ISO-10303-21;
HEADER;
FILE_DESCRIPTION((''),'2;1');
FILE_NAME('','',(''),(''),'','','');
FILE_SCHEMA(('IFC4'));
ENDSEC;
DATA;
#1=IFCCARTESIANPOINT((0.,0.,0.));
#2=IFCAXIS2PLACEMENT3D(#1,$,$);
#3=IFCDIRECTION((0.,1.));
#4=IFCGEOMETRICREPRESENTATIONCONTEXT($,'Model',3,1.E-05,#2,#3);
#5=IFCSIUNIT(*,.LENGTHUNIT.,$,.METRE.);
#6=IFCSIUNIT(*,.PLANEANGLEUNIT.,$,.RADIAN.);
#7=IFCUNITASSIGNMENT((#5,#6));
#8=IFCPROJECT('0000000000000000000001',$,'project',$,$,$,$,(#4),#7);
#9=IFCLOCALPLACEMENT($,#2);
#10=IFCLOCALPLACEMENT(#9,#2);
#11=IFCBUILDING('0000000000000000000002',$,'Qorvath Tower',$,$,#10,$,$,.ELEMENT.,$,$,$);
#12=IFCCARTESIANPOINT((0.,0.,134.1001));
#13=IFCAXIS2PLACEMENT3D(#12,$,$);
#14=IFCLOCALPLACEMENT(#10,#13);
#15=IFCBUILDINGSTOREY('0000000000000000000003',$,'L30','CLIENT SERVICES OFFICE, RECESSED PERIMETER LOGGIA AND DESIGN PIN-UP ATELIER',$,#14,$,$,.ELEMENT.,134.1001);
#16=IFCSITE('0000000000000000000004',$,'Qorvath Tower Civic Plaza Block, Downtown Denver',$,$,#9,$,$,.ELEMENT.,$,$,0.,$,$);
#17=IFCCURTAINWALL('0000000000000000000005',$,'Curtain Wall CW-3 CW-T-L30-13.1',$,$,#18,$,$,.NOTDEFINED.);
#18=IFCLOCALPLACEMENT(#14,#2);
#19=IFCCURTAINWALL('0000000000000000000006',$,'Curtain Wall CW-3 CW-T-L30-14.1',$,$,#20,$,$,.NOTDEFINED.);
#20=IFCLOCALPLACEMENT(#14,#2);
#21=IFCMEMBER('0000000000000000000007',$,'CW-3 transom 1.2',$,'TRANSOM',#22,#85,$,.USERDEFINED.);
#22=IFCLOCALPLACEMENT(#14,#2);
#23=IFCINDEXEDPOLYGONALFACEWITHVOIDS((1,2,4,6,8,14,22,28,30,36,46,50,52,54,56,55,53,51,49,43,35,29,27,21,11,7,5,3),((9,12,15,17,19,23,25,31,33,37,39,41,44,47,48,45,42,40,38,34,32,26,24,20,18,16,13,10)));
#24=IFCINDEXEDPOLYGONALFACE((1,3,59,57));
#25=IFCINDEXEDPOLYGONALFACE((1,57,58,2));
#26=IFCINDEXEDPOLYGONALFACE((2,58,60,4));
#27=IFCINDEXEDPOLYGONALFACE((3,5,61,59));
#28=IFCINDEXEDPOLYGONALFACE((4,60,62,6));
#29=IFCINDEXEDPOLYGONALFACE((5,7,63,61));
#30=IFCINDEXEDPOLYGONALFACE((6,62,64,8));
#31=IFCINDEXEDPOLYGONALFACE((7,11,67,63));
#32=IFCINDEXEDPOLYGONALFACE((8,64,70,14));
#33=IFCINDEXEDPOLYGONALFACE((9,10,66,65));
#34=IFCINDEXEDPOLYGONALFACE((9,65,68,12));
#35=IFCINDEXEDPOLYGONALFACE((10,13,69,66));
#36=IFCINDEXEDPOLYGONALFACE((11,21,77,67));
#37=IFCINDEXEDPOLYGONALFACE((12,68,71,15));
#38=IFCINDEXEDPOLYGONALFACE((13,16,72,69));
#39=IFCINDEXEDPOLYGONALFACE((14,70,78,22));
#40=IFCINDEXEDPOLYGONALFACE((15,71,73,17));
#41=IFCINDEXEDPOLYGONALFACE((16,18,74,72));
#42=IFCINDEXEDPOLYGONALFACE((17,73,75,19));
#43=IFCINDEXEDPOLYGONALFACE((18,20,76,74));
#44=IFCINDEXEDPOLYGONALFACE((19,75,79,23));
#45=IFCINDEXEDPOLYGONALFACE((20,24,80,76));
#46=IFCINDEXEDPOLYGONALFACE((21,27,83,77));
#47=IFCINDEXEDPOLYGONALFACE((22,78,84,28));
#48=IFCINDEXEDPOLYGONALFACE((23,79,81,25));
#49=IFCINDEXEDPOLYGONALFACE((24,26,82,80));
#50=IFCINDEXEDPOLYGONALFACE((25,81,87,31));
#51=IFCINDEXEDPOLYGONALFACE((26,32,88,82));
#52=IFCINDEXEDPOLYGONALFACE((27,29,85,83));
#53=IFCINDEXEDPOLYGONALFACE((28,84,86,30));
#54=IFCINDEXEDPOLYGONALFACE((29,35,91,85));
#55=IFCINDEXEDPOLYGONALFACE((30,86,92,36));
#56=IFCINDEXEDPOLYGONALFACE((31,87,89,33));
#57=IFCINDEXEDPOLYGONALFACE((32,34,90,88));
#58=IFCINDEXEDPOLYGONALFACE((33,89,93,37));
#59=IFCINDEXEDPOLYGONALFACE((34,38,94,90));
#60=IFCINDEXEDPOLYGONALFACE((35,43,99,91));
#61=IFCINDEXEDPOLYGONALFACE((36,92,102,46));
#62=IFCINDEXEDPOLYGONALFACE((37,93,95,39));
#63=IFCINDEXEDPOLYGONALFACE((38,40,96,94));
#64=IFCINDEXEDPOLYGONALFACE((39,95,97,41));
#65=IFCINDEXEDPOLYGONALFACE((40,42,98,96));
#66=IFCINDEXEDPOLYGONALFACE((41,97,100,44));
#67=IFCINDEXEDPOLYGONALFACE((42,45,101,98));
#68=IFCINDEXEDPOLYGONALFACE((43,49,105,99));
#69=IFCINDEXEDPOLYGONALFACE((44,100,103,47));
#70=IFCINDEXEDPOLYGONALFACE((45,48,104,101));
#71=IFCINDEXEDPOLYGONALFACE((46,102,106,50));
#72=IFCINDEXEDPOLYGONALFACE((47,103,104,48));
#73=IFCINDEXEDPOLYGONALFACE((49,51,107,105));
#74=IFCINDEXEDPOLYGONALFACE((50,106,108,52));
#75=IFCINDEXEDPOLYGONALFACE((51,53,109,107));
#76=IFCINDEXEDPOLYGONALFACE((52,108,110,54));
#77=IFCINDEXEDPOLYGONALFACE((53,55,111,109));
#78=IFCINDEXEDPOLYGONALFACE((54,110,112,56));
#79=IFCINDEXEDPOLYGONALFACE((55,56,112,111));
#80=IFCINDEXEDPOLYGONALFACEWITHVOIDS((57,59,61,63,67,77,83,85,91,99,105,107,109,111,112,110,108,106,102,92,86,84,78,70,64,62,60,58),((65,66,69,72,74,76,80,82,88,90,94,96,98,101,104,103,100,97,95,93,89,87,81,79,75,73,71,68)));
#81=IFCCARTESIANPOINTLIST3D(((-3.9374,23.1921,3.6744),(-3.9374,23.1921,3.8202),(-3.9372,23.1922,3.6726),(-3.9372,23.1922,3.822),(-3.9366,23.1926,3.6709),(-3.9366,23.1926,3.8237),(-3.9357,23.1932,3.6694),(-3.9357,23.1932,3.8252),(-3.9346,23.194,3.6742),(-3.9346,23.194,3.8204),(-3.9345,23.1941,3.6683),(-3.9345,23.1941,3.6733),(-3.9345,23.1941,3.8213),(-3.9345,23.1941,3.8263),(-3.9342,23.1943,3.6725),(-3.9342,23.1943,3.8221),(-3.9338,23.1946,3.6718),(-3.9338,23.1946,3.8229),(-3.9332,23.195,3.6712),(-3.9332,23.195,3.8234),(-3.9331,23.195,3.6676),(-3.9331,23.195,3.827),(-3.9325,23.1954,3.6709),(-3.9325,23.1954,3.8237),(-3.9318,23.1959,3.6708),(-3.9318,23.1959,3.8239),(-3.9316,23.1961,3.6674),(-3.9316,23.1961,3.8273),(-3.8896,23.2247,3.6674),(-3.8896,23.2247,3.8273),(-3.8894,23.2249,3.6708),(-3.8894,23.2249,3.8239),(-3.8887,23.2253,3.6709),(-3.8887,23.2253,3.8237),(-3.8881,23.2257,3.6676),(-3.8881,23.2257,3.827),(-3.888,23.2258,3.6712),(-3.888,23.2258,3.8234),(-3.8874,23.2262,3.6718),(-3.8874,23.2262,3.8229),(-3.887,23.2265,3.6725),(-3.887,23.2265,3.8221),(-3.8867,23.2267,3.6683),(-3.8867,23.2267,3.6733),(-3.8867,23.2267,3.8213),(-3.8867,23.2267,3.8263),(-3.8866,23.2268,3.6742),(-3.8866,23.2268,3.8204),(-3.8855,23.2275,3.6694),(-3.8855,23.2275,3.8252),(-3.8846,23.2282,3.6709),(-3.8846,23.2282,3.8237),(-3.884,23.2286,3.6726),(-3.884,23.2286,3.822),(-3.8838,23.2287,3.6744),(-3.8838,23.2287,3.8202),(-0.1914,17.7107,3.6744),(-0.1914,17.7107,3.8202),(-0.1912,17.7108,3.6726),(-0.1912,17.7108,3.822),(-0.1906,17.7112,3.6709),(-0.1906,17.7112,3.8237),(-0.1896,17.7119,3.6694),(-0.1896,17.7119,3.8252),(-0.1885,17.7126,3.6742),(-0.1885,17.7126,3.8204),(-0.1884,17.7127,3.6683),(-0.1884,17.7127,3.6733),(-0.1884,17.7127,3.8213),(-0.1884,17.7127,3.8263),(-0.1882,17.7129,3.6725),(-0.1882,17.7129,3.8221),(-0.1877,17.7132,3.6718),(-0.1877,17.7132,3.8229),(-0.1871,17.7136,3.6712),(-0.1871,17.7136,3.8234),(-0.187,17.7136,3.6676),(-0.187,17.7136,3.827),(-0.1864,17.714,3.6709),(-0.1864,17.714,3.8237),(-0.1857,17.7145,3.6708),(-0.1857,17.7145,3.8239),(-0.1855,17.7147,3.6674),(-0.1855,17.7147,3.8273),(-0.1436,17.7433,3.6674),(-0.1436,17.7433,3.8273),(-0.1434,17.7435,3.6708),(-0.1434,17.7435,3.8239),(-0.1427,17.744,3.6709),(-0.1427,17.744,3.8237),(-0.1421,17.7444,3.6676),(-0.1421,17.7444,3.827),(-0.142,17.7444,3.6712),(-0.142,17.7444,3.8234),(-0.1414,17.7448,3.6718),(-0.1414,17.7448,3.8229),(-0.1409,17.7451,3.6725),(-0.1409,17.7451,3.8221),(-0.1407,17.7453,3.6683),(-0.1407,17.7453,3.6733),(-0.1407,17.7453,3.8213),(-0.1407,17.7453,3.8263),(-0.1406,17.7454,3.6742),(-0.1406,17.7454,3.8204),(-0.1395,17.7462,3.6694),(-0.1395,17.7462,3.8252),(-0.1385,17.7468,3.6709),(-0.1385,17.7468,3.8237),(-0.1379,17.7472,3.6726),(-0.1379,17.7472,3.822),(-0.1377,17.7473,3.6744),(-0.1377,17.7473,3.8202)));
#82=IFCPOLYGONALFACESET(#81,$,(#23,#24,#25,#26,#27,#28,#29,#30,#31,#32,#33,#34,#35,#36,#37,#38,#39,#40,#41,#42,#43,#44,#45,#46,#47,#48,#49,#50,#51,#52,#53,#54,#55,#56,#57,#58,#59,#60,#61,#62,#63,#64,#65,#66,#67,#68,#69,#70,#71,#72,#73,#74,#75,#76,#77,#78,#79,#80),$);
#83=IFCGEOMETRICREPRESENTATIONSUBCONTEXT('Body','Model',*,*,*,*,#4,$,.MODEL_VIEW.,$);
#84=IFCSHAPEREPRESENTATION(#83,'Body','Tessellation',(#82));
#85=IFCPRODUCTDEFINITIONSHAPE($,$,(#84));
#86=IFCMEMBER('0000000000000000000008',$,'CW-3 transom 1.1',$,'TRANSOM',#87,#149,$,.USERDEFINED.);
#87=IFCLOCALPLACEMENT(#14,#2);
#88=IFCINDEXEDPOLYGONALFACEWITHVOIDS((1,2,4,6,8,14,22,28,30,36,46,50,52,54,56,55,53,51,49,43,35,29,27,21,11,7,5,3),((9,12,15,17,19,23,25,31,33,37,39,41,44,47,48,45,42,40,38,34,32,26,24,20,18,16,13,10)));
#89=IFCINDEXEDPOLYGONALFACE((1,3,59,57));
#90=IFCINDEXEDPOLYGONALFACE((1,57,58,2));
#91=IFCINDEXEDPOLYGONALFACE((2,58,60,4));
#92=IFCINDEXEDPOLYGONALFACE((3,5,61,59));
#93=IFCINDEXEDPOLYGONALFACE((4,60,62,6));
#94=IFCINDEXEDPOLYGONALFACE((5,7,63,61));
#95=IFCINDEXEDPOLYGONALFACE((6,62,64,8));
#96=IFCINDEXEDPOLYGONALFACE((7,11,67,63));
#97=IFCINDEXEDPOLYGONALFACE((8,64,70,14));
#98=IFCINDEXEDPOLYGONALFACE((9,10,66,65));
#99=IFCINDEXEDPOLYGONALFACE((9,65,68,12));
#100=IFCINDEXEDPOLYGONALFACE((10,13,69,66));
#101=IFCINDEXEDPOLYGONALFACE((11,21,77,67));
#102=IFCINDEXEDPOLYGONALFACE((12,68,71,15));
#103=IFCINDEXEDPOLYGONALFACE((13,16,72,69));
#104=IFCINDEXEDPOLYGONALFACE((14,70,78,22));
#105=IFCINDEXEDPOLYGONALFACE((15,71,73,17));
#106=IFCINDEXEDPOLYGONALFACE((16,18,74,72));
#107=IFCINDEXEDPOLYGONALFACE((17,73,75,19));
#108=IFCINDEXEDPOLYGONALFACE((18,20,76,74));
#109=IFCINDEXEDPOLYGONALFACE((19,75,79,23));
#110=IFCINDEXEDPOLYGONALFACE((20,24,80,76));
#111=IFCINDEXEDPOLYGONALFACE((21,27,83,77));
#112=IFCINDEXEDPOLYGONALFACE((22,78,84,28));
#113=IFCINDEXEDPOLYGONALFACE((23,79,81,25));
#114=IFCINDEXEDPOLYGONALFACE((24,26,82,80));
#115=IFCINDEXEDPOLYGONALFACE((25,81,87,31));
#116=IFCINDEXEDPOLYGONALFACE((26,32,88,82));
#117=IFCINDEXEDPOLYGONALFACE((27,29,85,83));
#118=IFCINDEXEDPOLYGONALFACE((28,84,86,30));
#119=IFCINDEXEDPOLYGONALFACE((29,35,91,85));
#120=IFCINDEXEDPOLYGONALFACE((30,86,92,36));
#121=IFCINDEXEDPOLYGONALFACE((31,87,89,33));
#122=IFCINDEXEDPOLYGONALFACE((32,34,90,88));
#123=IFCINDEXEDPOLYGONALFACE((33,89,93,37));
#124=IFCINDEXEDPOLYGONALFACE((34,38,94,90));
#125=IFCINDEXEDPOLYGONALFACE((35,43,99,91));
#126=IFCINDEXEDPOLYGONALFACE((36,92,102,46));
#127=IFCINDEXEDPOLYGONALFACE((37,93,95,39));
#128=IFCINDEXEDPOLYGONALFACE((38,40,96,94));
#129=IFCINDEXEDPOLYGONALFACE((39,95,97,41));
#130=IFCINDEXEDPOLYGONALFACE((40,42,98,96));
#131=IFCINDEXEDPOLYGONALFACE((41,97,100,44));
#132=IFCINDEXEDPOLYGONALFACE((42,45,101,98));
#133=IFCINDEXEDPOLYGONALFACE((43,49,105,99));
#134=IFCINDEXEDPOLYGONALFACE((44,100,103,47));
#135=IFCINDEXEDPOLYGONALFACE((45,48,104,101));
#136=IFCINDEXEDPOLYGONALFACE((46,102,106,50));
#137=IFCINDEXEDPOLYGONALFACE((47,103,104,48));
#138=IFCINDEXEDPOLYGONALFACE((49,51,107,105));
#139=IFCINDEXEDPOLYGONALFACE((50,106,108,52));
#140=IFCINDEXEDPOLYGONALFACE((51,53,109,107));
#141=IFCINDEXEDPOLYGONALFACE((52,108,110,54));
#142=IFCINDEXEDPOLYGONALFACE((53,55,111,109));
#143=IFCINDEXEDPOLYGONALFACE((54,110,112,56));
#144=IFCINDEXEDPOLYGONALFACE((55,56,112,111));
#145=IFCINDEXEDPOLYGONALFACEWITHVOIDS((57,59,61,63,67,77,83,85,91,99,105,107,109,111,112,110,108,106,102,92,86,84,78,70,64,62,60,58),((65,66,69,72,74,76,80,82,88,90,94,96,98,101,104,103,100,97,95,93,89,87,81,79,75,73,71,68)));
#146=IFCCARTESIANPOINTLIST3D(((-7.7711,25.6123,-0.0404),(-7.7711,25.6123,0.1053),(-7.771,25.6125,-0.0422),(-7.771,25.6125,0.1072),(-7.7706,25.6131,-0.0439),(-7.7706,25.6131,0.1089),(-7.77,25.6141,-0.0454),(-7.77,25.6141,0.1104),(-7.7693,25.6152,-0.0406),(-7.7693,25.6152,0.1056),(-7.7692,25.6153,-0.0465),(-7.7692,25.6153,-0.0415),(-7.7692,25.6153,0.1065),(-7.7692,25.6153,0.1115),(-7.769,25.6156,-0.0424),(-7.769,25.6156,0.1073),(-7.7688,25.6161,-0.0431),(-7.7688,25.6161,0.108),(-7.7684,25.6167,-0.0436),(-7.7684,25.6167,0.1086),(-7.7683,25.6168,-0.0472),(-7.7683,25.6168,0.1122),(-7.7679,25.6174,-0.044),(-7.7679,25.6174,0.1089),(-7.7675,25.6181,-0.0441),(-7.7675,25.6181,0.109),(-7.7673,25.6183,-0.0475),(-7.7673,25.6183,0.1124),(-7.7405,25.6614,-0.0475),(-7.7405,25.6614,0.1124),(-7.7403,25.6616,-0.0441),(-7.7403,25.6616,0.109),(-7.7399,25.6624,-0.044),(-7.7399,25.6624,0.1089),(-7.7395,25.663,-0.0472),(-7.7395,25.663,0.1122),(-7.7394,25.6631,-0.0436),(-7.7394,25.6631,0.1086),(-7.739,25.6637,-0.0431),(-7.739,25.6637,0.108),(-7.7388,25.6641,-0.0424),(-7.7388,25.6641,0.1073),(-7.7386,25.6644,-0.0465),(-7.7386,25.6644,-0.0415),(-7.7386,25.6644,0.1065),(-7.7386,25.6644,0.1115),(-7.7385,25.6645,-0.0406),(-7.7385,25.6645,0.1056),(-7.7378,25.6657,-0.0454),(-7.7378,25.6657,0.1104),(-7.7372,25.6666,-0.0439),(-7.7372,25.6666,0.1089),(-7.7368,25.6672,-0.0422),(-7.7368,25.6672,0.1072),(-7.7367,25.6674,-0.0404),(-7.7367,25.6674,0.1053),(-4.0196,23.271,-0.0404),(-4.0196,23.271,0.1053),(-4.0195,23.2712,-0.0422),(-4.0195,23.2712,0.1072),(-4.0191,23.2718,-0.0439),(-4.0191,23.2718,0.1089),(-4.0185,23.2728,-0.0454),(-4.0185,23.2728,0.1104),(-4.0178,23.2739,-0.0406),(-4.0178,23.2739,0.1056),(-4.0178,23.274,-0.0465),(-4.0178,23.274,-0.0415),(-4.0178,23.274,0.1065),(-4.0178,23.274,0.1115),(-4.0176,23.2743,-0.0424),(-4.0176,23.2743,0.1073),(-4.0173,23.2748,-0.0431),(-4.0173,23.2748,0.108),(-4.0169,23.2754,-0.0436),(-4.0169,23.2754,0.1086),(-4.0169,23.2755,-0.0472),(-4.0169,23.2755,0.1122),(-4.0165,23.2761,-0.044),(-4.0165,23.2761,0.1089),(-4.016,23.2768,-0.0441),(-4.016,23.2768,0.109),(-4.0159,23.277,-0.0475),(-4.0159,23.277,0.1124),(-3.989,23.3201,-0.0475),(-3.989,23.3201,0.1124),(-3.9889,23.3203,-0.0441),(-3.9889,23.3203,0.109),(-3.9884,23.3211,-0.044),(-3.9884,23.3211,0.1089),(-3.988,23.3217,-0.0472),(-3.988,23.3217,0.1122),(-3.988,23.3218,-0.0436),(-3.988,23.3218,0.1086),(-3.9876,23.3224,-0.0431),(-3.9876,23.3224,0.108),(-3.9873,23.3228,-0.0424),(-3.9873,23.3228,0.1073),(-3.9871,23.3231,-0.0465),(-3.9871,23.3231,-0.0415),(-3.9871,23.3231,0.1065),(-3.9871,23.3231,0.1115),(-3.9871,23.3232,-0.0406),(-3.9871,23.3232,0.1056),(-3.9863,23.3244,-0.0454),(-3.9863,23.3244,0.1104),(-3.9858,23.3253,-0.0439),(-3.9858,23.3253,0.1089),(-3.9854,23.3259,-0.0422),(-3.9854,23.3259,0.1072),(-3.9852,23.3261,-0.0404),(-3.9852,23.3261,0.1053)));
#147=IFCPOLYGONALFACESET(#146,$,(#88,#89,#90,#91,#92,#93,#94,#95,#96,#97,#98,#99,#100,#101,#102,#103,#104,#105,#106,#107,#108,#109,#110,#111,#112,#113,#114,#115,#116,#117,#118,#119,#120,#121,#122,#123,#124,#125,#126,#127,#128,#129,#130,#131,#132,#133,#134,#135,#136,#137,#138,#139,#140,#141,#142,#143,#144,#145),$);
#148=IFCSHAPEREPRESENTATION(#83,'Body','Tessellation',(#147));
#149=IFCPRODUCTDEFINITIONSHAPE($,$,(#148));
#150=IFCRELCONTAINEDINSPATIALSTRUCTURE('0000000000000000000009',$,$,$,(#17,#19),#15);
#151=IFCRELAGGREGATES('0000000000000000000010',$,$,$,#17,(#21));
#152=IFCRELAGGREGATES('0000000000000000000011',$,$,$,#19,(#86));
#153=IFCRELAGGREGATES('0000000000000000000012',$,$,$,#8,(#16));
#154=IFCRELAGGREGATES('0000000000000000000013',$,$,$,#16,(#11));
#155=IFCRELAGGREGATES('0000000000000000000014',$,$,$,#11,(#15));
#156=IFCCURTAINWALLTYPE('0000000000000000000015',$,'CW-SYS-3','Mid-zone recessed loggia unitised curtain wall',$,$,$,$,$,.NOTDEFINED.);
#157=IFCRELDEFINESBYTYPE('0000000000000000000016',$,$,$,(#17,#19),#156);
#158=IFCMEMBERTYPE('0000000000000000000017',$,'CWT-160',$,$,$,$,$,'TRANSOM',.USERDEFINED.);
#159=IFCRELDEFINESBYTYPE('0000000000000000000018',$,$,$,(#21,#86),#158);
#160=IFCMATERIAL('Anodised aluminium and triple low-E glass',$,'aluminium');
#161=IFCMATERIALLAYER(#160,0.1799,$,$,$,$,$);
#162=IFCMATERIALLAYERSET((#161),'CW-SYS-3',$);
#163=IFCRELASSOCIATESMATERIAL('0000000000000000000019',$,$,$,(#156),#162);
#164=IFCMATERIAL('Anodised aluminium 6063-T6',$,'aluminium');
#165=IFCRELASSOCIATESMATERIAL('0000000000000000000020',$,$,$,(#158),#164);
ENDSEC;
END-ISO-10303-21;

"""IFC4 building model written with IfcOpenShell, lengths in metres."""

from ifc_helpers import new_model, si_unit, direction, frame, origin, origin_2d, place, context, subcontext, project, spatial, hollow_rectangle, extrude, material, layer, layer_set, material_profile, profile_set, type_object, element, aggregate, save


model = new_model("IFC4")

# Units and contexts
model_context = context("Model", 3, precision=1e-05, world=origin(), true_north=direction((0.0, 1.0)))
body_context = subcontext(model_context, "Body", "Model", "MODEL_VIEW")
ifc_project = project(units=[si_unit("LENGTHUNIT", "METRE"), si_unit("PLANEANGLEUNIT", "RADIAN")], contexts=[model_context])

# Site, building, storey
site_placement = place(None, origin())
site = spatial("IfcSite", under=ifc_project, at=site_placement, Name="Qorvath Tower Civic Plaza Block, Downtown Denver", CompositionType="ELEMENT", RefElevation=0.0)
building_placement = place(site_placement, origin())
building = spatial("IfcBuilding", under=site, at=building_placement, Name="Qorvath Tower", CompositionType="ELEMENT")
storey_placement = place(building_placement, frame((0.0, 0.0, 134.1001)))
storey = spatial("IfcBuildingStorey", under=building, at=storey_placement, Name="L30", Description="CLIENT SERVICES OFFICE, RECESSED PERIMETER LOGGIA AND DESIGN PIN-UP ATELIER", CompositionType="ELEMENT", Elevation=134.1001)

# Shared definitions
ifc_material_1 = material(Name="Anodised aluminium and triple low-E glass", Category="aluminium")
ifc_layer_1 = layer(ifc_material_1, 0.1799)
ifc_layer_set_1 = layer_set([ifc_layer_1], Name="CW-SYS-3")
curtain_wall_type = type_object("IfcCurtainWallType", Name="CW-SYS-3", Description="Mid-zone recessed loggia unitised curtain wall", PredefinedType="NOTDEFINED", material=ifc_layer_set_1)

# Curtain walls
curtain_wall_1_placement = place(storey_placement, origin())
curtain_wall_1 = element("IfcCurtainWall", 1, at=curtain_wall_1_placement, inside=storey, type_object=curtain_wall_type, Name="Curtain Wall CW-3 CW-T-L30-13.1", PredefinedType="NOTDEFINED")
curtain_wall_2_placement = place(storey_placement, origin())
curtain_wall_2 = element("IfcCurtainWall", 2, at=curtain_wall_2_placement, inside=storey, type_object=curtain_wall_type, Name="Curtain Wall CW-3 CW-T-L30-14.1", PredefinedType="NOTDEFINED")

# Members
ifc_material_2 = material(Name="Anodised aluminium 6063-T6", Category="aluminium")
ifc_material_profile_1 = material_profile(ifc_material_2, hollow_rectangle(XDim=0.0649, YDim=0.1599, WallThickness=0.0034, InnerFilletRadius=0.0034, OuterFilletRadius=0.0071, at=origin_2d()), Name="CWT 160x65")
ifc_profile_set_1 = profile_set([ifc_material_profile_1], Name="Anodised aluminium 6063-T6")
member_type_1 = type_object("IfcMemberType", Name="CWT-160", ElementType="TRANSOM", PredefinedType="USERDEFINED", material=ifc_profile_set_1)
member_1_placement = place(storey_placement, frame((-0.1646, 17.729, 3.7473), z_axis=(-0.564236, 0.825614, 0.0), x_axis=(-0.825614, -0.564236, 0.0)))
member_1 = element("IfcMember", 3, at=member_1_placement, type_object=member_type_1, Name="CW-3 transom 1.2", ObjectType="TRANSOM", PredefinedType="USERDEFINED", context=body_context, shape_type="SweptSolid", body=[
    extrude(hollow_rectangle(XDim=0.0649, YDim=0.1599, WallThickness=0.0034, InnerFilletRadius=0.0034, OuterFilletRadius=0.0071, at=origin_2d()), origin(), (0.0, 0.0, 1.0), 6.6392),
])
member_2_placement = place(storey_placement, frame((-4.0024, 23.2986, 0.0325), z_axis=(-0.848339, 0.529453, 0.0), x_axis=(-0.529453, -0.848339, 0.0)))
member_2 = element("IfcMember", 4, at=member_2_placement, type_object=member_type_1, Name="CW-3 transom 1.1", ObjectType="TRANSOM", PredefinedType="USERDEFINED", context=body_context, shape_type="SweptSolid", body=[
    extrude(hollow_rectangle(XDim=0.0649, YDim=0.1599, WallThickness=0.0034, InnerFilletRadius=0.0034, OuterFilletRadius=0.0071, at=origin_2d()), origin(), (0.0, 0.0, 1.0), 4.4221),
])

aggregate(curtain_wall_1, [member_1])
aggregate(curtain_wall_2, [member_2])

save(model, "model.ifc")
